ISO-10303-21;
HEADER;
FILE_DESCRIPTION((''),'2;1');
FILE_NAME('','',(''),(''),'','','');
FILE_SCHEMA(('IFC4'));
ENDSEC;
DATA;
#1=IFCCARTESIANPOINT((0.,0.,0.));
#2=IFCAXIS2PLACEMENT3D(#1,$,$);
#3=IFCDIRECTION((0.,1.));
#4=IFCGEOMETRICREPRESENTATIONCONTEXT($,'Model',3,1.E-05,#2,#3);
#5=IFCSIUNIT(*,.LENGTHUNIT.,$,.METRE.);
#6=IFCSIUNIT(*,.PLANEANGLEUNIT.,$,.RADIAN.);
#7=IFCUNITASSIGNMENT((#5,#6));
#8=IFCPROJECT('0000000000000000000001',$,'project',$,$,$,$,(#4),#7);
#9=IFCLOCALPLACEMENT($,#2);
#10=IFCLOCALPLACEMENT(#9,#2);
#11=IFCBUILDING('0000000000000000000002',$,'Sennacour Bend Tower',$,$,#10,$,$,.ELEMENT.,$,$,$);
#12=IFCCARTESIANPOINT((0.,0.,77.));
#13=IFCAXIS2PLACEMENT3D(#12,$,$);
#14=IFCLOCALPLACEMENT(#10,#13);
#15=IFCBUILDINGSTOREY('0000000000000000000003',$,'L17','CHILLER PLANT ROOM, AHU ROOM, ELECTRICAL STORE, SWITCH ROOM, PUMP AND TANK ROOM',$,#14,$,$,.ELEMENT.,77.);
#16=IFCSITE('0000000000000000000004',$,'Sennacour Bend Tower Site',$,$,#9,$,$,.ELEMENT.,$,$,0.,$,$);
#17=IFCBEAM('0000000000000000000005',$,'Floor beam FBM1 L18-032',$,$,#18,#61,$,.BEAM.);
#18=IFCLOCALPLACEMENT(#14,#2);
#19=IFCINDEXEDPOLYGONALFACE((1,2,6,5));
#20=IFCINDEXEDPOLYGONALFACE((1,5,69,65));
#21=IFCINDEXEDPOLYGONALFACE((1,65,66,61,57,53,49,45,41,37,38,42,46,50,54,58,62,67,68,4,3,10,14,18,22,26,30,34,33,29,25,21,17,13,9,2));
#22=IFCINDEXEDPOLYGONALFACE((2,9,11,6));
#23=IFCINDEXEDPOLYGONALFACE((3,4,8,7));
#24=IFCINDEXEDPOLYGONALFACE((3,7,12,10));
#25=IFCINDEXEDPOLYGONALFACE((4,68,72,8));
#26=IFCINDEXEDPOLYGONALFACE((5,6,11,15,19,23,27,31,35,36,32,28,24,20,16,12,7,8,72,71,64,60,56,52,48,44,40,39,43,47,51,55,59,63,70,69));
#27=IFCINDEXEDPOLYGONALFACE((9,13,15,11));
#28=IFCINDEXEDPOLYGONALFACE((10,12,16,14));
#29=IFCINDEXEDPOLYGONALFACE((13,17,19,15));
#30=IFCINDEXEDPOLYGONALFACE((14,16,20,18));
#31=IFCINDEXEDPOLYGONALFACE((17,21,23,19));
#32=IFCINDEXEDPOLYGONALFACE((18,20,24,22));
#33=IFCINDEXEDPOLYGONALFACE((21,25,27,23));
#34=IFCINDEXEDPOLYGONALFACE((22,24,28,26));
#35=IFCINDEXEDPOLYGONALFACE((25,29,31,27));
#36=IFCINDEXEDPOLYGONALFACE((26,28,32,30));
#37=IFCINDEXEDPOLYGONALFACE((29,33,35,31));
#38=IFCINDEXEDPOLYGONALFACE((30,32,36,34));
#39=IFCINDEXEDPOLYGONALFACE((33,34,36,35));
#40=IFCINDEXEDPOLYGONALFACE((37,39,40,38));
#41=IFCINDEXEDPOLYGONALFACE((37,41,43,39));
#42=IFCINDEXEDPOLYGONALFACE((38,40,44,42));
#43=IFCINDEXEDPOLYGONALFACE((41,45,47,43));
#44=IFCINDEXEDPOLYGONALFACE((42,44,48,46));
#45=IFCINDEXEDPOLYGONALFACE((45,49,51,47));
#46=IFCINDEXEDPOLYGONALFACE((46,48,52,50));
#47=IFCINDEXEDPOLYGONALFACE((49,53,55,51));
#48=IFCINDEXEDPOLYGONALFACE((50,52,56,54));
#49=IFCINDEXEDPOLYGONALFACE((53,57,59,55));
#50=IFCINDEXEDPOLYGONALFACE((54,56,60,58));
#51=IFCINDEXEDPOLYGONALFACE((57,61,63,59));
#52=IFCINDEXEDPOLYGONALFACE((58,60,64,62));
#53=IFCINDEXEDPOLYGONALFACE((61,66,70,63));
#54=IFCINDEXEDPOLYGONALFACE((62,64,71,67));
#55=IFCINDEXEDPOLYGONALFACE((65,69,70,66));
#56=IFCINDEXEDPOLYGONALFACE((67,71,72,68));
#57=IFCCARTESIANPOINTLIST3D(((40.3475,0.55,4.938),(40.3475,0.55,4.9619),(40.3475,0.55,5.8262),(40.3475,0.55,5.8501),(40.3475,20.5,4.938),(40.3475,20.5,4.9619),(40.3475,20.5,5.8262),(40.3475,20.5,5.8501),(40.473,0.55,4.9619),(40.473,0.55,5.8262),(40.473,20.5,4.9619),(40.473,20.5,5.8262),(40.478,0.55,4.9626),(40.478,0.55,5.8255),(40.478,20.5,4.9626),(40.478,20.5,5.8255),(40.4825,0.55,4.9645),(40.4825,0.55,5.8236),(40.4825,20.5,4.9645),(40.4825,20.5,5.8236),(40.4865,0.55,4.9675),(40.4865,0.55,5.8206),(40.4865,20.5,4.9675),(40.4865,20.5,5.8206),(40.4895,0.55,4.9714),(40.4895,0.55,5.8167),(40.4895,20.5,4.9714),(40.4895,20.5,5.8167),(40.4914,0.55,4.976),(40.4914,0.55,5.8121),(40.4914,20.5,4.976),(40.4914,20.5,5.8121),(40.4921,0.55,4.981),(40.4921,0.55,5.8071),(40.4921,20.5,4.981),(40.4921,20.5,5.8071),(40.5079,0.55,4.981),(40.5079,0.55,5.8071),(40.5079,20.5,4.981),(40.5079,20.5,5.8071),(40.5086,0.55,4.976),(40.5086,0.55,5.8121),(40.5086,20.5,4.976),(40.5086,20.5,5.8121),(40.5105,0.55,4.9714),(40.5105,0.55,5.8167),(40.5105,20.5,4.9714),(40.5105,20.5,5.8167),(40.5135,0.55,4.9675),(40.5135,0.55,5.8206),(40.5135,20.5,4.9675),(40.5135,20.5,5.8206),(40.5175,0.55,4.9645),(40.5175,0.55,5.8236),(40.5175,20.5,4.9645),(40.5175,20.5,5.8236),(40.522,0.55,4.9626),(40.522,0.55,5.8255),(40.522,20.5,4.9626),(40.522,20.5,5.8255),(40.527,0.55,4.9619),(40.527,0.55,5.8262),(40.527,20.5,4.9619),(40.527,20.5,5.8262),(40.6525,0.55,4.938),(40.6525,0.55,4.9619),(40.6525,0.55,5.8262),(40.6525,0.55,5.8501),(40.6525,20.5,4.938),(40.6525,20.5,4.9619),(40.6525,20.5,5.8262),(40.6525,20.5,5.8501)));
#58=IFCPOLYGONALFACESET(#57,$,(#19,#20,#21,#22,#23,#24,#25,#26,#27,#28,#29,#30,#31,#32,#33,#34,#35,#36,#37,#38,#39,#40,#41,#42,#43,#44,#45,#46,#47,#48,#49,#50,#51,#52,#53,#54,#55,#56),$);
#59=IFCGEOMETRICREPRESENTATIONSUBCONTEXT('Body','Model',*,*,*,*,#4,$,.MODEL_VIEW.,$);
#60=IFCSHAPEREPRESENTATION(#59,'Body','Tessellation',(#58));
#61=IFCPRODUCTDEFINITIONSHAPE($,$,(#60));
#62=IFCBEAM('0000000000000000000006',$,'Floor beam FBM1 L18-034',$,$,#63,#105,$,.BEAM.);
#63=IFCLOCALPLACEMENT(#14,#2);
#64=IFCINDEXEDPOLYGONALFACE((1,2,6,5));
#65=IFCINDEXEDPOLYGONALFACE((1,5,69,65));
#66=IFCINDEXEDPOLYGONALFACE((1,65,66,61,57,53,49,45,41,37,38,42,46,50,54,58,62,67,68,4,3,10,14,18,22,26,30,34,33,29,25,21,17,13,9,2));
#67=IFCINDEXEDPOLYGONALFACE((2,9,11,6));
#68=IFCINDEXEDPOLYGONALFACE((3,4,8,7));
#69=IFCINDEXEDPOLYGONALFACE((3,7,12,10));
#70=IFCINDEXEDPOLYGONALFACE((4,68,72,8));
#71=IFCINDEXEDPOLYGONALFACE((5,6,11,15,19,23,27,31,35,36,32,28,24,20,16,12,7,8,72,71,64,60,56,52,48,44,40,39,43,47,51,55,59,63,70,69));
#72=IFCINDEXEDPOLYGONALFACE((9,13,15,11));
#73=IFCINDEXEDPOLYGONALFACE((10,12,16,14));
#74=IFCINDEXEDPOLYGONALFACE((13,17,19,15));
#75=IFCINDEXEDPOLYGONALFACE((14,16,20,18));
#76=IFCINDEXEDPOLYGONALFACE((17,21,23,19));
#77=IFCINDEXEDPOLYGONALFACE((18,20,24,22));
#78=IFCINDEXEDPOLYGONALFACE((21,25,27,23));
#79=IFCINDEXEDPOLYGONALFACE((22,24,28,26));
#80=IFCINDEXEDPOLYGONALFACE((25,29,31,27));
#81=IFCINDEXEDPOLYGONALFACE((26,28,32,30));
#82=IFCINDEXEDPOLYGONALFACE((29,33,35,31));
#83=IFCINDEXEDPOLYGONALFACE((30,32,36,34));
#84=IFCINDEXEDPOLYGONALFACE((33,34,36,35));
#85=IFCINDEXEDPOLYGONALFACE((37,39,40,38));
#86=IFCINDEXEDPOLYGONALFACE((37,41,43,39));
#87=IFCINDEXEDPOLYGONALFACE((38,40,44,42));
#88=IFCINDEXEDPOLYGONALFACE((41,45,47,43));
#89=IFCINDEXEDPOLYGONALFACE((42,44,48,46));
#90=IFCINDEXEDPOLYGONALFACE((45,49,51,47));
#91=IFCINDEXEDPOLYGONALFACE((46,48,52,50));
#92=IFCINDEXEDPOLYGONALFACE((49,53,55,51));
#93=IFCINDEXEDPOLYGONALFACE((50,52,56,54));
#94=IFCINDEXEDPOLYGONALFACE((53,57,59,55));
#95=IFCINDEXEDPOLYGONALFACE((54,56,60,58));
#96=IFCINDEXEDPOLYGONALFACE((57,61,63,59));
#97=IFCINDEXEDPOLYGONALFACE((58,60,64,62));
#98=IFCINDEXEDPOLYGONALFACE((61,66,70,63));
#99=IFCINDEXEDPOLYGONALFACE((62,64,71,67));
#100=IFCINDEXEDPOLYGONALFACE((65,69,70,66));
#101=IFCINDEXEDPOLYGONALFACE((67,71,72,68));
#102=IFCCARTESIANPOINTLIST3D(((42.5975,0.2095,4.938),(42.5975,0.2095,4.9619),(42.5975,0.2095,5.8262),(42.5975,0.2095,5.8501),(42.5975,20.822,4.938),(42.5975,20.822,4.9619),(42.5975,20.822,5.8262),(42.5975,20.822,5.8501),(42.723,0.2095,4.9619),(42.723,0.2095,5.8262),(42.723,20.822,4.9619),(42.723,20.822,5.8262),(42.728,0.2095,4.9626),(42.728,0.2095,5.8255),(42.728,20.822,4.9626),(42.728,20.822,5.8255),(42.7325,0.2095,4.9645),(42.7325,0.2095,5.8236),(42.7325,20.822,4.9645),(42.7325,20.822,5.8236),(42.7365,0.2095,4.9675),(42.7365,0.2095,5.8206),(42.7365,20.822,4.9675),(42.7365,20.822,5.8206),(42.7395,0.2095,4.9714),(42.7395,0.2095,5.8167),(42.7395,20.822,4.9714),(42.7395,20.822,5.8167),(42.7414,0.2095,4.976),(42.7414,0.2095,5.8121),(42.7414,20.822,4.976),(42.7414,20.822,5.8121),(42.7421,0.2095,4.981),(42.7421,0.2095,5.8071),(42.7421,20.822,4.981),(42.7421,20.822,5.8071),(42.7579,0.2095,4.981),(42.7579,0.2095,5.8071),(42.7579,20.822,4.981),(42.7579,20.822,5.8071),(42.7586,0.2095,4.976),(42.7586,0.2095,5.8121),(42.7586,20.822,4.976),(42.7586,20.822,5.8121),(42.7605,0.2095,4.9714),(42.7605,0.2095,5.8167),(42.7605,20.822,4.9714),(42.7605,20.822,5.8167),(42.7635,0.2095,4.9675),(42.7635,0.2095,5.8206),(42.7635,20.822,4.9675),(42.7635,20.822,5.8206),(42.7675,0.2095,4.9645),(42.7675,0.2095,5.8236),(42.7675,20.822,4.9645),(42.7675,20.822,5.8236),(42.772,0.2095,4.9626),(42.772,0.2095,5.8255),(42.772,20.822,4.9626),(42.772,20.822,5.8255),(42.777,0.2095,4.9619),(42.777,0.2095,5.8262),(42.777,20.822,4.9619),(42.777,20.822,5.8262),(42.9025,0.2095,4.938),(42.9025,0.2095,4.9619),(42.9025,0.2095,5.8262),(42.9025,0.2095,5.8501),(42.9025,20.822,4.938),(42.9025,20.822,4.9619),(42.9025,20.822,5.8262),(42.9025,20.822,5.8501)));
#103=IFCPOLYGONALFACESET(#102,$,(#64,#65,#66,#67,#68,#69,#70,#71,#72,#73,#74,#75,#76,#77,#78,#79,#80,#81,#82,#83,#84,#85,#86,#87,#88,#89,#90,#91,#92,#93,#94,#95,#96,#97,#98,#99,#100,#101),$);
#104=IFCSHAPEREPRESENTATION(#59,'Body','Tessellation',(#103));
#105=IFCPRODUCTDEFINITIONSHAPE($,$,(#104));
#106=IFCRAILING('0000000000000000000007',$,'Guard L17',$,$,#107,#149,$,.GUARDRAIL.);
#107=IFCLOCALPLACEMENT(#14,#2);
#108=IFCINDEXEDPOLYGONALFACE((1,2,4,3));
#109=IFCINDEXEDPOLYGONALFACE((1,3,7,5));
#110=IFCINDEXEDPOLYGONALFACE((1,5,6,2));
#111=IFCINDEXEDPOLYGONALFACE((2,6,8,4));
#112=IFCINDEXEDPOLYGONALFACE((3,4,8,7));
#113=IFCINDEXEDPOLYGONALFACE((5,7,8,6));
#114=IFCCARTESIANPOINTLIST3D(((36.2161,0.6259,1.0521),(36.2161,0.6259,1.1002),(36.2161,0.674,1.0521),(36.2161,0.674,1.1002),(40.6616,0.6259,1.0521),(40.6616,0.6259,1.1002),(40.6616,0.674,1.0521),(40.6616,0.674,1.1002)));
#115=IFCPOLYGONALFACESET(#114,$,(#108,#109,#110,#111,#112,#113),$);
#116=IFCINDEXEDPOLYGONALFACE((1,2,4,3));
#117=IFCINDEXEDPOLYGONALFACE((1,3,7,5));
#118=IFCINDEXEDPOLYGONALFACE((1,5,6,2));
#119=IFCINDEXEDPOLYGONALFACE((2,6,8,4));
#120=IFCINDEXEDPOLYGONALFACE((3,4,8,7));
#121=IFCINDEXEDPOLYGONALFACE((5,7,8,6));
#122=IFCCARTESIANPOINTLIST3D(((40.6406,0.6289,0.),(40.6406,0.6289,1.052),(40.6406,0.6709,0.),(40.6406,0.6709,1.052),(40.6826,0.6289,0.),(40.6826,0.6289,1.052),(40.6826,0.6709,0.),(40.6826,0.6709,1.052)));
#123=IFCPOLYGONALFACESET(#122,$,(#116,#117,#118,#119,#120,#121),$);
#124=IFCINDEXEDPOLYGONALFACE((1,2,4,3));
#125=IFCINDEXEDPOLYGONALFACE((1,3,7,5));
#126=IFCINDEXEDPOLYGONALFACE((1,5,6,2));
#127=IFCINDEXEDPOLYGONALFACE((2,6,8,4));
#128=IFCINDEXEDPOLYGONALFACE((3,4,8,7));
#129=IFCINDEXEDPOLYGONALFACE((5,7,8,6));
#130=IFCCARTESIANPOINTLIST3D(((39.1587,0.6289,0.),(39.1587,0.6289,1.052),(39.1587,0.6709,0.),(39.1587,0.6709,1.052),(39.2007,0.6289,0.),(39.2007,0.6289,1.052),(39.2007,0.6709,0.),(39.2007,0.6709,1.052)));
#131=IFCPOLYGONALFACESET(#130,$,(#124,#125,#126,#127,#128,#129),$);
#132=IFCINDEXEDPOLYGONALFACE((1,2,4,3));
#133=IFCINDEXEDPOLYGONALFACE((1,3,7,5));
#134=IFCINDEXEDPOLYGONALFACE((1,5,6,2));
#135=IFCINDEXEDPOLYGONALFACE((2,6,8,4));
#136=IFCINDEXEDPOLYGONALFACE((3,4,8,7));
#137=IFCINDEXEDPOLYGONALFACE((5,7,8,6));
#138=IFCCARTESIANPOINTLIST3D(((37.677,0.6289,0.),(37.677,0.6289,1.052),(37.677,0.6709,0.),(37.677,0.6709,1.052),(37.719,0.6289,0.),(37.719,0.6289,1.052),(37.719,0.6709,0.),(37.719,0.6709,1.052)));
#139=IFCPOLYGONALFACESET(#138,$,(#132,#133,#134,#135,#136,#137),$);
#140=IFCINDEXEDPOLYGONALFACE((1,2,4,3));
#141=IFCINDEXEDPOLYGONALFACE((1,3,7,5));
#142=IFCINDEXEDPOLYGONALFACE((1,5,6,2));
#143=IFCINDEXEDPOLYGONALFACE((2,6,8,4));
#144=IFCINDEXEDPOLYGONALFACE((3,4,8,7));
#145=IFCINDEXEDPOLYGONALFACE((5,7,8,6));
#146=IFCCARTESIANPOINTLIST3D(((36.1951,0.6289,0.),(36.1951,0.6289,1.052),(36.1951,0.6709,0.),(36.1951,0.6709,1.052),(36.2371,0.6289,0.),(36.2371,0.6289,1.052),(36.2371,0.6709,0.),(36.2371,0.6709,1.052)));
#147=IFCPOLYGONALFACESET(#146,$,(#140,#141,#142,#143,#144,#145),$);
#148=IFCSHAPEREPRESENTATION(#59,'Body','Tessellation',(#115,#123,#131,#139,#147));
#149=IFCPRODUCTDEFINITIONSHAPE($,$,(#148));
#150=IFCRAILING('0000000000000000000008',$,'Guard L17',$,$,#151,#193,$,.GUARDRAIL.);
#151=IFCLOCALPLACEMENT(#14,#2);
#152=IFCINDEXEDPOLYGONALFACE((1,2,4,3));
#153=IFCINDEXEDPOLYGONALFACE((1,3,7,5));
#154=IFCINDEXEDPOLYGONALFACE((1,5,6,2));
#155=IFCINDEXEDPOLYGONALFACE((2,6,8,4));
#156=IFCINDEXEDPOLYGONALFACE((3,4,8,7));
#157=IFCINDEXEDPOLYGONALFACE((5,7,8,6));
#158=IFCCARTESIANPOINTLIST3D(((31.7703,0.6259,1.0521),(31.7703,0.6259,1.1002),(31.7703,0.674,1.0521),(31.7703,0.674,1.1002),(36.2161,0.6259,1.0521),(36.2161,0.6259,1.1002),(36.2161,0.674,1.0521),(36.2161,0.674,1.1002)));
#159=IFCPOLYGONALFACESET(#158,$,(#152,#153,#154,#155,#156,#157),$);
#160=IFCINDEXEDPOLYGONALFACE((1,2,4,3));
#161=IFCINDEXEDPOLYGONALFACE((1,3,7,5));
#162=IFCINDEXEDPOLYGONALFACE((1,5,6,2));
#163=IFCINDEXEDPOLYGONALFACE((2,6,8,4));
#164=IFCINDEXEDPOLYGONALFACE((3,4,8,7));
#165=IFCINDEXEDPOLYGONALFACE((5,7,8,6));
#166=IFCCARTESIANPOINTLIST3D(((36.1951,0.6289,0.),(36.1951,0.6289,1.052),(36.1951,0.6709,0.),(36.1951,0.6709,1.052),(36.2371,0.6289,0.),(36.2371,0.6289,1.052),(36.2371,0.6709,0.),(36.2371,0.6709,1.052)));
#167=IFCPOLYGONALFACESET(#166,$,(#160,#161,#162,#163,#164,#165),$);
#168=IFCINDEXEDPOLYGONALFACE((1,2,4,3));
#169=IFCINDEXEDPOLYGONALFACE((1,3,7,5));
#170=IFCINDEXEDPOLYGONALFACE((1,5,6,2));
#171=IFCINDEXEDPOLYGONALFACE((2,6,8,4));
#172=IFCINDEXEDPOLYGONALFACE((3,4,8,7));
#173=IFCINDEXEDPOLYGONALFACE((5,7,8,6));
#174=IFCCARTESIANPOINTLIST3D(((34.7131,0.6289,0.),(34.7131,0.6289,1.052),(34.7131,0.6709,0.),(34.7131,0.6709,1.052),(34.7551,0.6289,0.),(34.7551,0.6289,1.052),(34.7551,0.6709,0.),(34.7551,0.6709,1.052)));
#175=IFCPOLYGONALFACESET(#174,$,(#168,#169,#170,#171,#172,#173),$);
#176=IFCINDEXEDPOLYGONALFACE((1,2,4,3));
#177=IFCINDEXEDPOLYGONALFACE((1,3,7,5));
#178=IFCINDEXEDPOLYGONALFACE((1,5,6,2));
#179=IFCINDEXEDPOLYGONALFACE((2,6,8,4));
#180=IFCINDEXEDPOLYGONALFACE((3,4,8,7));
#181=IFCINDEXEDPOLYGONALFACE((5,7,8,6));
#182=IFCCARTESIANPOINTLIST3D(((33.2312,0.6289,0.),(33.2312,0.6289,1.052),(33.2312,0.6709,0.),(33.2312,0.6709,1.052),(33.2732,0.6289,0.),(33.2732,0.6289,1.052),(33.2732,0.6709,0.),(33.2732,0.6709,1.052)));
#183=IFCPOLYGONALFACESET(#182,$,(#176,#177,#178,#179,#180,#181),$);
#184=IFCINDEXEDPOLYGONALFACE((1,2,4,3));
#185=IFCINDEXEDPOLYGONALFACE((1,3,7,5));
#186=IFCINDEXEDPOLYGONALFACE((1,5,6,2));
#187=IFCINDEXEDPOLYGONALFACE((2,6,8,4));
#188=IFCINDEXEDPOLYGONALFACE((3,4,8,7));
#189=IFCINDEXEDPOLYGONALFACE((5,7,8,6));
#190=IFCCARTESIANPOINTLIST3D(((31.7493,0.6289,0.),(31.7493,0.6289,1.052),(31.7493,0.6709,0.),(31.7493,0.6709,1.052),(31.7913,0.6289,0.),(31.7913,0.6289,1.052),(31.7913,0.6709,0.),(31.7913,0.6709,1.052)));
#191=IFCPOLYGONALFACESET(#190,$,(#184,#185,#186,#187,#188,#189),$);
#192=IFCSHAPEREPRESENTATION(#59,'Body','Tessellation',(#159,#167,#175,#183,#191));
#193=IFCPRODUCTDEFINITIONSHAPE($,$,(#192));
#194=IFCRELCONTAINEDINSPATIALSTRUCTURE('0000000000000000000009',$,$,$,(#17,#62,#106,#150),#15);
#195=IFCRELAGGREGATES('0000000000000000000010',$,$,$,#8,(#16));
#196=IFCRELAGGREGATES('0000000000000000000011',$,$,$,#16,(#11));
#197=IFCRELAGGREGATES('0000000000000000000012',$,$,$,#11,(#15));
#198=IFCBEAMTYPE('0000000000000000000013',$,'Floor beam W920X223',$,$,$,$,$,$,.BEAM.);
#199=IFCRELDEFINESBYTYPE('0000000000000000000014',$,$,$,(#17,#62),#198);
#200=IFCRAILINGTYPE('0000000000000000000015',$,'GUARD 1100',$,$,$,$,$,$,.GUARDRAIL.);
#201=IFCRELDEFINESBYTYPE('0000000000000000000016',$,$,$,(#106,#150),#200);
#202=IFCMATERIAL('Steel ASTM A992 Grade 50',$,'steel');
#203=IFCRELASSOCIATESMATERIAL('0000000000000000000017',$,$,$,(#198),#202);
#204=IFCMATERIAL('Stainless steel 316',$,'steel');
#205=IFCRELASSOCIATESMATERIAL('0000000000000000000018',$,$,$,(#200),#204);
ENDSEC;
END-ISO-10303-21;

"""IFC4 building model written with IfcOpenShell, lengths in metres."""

from ifc_helpers import new_model, si_unit, direction, frame, origin, origin_2d, place, context, subcontext, project, spatial, rectangle, i_section, extrude, material, material_profile, profile_set, type_object, element, save


model = new_model("IFC4")

# Units and contexts
model_context = context("Model", 3, precision=1e-05, world=origin(), true_north=direction((0.0, 1.0)))
body_context = subcontext(model_context, "Body", "Model", "MODEL_VIEW")
ifc_project = project(units=[si_unit("LENGTHUNIT", "METRE"), si_unit("PLANEANGLEUNIT", "RADIAN")], contexts=[model_context])

# Site, building, storey
site_placement = place(None, origin())
site = spatial("IfcSite", under=ifc_project, at=site_placement, Name="Sennacour Bend Tower Site", CompositionType="ELEMENT", RefElevation=0.0)
building_placement = place(site_placement, origin())
building = spatial("IfcBuilding", under=site, at=building_placement, Name="Sennacour Bend Tower", CompositionType="ELEMENT")
storey_placement = place(building_placement, frame((0.0, 0.0, 77.0)))
storey = spatial("IfcBuildingStorey", under=building, at=storey_placement, Name="L17", Description="CHILLER PLANT ROOM, AHU ROOM, ELECTRICAL STORE, SWITCH ROOM, PUMP AND TANK ROOM", CompositionType="ELEMENT", Elevation=77.0)

# Beams
ifc_material_1 = material(Name="Steel ASTM A992 Grade 50", Category="steel")
ifc_material_profile = material_profile(ifc_material_1, i_section(OverallWidth=0.3049, OverallDepth=0.9121, WebThickness=0.0159, FlangeThickness=0.0239, FilletRadius=0.019, at=origin_2d()), Name="Steel ASTM A992 Grade 50", Category="steel")
ifc_profile_set = profile_set([ifc_material_profile], Name="Steel ASTM A992 Grade 50")
beam_type = type_object("IfcBeamType", Name="Floor beam W920X223", PredefinedType="BEAM", material=ifc_profile_set)
beam_1_placement = place(storey_placement, frame((40.5, 0.55, 5.394), z_axis=(0.0, 1.0, 0.0), x_axis=(-1.0, 0.0, 0.0)))
element("IfcBeam", 1, at=beam_1_placement, inside=storey, type_object=beam_type, Name="Floor beam FBM1 L18-032", PredefinedType="BEAM", context=body_context, shape_type="SweptSolid", body=[
    extrude(i_section(OverallWidth=0.3049, OverallDepth=0.9121, WebThickness=0.0159, FlangeThickness=0.0239, FilletRadius=0.019, at=origin_2d()), origin(), (0.0, 0.0, 1.0), 19.95),
])
beam_2_placement = place(storey_placement, frame((42.75, 0.2095, 5.394), z_axis=(0.0, 1.0, 0.0), x_axis=(-1.0, 0.0, 0.0)))
element("IfcBeam", 2, at=beam_2_placement, inside=storey, type_object=beam_type, Name="Floor beam FBM1 L18-034", PredefinedType="BEAM", context=body_context, shape_type="SweptSolid", body=[
    extrude(i_section(OverallWidth=0.3049, OverallDepth=0.9121, WebThickness=0.0159, FlangeThickness=0.0239, FilletRadius=0.019, at=origin_2d()), origin(), (0.0, 0.0, 1.0), 20.6125),
])

# Railings
ifc_material_2 = material(Name="Stainless steel 316", Category="steel")
railing_type = type_object("IfcRailingType", Name="GUARD 1100", PredefinedType="GUARDRAIL", material=ifc_material_2)
railing_1_placement = place(storey_placement, frame((40.6616, 0.6499, 0.0)))
element("IfcRailing", 3, at=railing_1_placement, inside=storey, type_object=railing_type, Name="Guard L17", PredefinedType="GUARDRAIL", context=body_context, shape_type="SweptSolid", body=[
    extrude(rectangle(XDim=0.0481, YDim=0.0481, at=origin_2d()), frame((0.0, 0.0, 1.0762), z_axis=(-1.0, 0.0, 0.0), x_axis=(0.0, -1.0, 0.0)), (0.0, 0.0, 1.0), 4.4456),
    extrude(rectangle(XDim=0.042, YDim=0.042, at=origin_2d()), origin(), (0.0, 0.0, 1.0), 1.052),
    extrude(rectangle(XDim=0.042, YDim=0.042, at=origin_2d()), frame((-1.4819, 0.0, 0.0)), (0.0, 0.0, 1.0), 1.052),
    extrude(rectangle(XDim=0.042, YDim=0.042, at=origin_2d()), frame((-2.9636, 0.0, 0.0)), (0.0, 0.0, 1.0), 1.052),
    extrude(rectangle(XDim=0.042, YDim=0.042, at=origin_2d()), frame((-4.4456, 0.0, 0.0)), (0.0, 0.0, 1.0), 1.052),
])
for number, where, name in (
    (4, (36.2161, 0.6499, 0.0), "Guard L17"),
):
    element("IfcRailing", number, at=place(storey_placement, frame(where)), inside=storey, type_object=railing_type, Name=name, PredefinedType="GUARDRAIL", context=body_context, shape_type="SweptSolid", body=[
        extrude(rectangle(XDim=0.0481, YDim=0.0481, at=origin_2d()), frame((0.0, 0.0, 1.0762), z_axis=(-1.0, 0.0, 0.0), x_axis=(0.0, -1.0, 0.0)), (0.0, 0.0, 1.0), 4.4458),
        extrude(rectangle(XDim=0.042, YDim=0.042, at=origin_2d()), origin(), (0.0, 0.0, 1.0), 1.052),
        extrude(rectangle(XDim=0.042, YDim=0.042, at=origin_2d()), frame((-1.4819, 0.0, 0.0)), (0.0, 0.0, 1.0), 1.052),
        extrude(rectangle(XDim=0.042, YDim=0.042, at=origin_2d()), frame((-2.9639, 0.0, 0.0)), (0.0, 0.0, 1.0), 1.052),
        extrude(rectangle(XDim=0.042, YDim=0.042, at=origin_2d()), frame((-4.4458, 0.0, 0.0)), (0.0, 0.0, 1.0), 1.052),
    ])

save(model, "model.ifc")
